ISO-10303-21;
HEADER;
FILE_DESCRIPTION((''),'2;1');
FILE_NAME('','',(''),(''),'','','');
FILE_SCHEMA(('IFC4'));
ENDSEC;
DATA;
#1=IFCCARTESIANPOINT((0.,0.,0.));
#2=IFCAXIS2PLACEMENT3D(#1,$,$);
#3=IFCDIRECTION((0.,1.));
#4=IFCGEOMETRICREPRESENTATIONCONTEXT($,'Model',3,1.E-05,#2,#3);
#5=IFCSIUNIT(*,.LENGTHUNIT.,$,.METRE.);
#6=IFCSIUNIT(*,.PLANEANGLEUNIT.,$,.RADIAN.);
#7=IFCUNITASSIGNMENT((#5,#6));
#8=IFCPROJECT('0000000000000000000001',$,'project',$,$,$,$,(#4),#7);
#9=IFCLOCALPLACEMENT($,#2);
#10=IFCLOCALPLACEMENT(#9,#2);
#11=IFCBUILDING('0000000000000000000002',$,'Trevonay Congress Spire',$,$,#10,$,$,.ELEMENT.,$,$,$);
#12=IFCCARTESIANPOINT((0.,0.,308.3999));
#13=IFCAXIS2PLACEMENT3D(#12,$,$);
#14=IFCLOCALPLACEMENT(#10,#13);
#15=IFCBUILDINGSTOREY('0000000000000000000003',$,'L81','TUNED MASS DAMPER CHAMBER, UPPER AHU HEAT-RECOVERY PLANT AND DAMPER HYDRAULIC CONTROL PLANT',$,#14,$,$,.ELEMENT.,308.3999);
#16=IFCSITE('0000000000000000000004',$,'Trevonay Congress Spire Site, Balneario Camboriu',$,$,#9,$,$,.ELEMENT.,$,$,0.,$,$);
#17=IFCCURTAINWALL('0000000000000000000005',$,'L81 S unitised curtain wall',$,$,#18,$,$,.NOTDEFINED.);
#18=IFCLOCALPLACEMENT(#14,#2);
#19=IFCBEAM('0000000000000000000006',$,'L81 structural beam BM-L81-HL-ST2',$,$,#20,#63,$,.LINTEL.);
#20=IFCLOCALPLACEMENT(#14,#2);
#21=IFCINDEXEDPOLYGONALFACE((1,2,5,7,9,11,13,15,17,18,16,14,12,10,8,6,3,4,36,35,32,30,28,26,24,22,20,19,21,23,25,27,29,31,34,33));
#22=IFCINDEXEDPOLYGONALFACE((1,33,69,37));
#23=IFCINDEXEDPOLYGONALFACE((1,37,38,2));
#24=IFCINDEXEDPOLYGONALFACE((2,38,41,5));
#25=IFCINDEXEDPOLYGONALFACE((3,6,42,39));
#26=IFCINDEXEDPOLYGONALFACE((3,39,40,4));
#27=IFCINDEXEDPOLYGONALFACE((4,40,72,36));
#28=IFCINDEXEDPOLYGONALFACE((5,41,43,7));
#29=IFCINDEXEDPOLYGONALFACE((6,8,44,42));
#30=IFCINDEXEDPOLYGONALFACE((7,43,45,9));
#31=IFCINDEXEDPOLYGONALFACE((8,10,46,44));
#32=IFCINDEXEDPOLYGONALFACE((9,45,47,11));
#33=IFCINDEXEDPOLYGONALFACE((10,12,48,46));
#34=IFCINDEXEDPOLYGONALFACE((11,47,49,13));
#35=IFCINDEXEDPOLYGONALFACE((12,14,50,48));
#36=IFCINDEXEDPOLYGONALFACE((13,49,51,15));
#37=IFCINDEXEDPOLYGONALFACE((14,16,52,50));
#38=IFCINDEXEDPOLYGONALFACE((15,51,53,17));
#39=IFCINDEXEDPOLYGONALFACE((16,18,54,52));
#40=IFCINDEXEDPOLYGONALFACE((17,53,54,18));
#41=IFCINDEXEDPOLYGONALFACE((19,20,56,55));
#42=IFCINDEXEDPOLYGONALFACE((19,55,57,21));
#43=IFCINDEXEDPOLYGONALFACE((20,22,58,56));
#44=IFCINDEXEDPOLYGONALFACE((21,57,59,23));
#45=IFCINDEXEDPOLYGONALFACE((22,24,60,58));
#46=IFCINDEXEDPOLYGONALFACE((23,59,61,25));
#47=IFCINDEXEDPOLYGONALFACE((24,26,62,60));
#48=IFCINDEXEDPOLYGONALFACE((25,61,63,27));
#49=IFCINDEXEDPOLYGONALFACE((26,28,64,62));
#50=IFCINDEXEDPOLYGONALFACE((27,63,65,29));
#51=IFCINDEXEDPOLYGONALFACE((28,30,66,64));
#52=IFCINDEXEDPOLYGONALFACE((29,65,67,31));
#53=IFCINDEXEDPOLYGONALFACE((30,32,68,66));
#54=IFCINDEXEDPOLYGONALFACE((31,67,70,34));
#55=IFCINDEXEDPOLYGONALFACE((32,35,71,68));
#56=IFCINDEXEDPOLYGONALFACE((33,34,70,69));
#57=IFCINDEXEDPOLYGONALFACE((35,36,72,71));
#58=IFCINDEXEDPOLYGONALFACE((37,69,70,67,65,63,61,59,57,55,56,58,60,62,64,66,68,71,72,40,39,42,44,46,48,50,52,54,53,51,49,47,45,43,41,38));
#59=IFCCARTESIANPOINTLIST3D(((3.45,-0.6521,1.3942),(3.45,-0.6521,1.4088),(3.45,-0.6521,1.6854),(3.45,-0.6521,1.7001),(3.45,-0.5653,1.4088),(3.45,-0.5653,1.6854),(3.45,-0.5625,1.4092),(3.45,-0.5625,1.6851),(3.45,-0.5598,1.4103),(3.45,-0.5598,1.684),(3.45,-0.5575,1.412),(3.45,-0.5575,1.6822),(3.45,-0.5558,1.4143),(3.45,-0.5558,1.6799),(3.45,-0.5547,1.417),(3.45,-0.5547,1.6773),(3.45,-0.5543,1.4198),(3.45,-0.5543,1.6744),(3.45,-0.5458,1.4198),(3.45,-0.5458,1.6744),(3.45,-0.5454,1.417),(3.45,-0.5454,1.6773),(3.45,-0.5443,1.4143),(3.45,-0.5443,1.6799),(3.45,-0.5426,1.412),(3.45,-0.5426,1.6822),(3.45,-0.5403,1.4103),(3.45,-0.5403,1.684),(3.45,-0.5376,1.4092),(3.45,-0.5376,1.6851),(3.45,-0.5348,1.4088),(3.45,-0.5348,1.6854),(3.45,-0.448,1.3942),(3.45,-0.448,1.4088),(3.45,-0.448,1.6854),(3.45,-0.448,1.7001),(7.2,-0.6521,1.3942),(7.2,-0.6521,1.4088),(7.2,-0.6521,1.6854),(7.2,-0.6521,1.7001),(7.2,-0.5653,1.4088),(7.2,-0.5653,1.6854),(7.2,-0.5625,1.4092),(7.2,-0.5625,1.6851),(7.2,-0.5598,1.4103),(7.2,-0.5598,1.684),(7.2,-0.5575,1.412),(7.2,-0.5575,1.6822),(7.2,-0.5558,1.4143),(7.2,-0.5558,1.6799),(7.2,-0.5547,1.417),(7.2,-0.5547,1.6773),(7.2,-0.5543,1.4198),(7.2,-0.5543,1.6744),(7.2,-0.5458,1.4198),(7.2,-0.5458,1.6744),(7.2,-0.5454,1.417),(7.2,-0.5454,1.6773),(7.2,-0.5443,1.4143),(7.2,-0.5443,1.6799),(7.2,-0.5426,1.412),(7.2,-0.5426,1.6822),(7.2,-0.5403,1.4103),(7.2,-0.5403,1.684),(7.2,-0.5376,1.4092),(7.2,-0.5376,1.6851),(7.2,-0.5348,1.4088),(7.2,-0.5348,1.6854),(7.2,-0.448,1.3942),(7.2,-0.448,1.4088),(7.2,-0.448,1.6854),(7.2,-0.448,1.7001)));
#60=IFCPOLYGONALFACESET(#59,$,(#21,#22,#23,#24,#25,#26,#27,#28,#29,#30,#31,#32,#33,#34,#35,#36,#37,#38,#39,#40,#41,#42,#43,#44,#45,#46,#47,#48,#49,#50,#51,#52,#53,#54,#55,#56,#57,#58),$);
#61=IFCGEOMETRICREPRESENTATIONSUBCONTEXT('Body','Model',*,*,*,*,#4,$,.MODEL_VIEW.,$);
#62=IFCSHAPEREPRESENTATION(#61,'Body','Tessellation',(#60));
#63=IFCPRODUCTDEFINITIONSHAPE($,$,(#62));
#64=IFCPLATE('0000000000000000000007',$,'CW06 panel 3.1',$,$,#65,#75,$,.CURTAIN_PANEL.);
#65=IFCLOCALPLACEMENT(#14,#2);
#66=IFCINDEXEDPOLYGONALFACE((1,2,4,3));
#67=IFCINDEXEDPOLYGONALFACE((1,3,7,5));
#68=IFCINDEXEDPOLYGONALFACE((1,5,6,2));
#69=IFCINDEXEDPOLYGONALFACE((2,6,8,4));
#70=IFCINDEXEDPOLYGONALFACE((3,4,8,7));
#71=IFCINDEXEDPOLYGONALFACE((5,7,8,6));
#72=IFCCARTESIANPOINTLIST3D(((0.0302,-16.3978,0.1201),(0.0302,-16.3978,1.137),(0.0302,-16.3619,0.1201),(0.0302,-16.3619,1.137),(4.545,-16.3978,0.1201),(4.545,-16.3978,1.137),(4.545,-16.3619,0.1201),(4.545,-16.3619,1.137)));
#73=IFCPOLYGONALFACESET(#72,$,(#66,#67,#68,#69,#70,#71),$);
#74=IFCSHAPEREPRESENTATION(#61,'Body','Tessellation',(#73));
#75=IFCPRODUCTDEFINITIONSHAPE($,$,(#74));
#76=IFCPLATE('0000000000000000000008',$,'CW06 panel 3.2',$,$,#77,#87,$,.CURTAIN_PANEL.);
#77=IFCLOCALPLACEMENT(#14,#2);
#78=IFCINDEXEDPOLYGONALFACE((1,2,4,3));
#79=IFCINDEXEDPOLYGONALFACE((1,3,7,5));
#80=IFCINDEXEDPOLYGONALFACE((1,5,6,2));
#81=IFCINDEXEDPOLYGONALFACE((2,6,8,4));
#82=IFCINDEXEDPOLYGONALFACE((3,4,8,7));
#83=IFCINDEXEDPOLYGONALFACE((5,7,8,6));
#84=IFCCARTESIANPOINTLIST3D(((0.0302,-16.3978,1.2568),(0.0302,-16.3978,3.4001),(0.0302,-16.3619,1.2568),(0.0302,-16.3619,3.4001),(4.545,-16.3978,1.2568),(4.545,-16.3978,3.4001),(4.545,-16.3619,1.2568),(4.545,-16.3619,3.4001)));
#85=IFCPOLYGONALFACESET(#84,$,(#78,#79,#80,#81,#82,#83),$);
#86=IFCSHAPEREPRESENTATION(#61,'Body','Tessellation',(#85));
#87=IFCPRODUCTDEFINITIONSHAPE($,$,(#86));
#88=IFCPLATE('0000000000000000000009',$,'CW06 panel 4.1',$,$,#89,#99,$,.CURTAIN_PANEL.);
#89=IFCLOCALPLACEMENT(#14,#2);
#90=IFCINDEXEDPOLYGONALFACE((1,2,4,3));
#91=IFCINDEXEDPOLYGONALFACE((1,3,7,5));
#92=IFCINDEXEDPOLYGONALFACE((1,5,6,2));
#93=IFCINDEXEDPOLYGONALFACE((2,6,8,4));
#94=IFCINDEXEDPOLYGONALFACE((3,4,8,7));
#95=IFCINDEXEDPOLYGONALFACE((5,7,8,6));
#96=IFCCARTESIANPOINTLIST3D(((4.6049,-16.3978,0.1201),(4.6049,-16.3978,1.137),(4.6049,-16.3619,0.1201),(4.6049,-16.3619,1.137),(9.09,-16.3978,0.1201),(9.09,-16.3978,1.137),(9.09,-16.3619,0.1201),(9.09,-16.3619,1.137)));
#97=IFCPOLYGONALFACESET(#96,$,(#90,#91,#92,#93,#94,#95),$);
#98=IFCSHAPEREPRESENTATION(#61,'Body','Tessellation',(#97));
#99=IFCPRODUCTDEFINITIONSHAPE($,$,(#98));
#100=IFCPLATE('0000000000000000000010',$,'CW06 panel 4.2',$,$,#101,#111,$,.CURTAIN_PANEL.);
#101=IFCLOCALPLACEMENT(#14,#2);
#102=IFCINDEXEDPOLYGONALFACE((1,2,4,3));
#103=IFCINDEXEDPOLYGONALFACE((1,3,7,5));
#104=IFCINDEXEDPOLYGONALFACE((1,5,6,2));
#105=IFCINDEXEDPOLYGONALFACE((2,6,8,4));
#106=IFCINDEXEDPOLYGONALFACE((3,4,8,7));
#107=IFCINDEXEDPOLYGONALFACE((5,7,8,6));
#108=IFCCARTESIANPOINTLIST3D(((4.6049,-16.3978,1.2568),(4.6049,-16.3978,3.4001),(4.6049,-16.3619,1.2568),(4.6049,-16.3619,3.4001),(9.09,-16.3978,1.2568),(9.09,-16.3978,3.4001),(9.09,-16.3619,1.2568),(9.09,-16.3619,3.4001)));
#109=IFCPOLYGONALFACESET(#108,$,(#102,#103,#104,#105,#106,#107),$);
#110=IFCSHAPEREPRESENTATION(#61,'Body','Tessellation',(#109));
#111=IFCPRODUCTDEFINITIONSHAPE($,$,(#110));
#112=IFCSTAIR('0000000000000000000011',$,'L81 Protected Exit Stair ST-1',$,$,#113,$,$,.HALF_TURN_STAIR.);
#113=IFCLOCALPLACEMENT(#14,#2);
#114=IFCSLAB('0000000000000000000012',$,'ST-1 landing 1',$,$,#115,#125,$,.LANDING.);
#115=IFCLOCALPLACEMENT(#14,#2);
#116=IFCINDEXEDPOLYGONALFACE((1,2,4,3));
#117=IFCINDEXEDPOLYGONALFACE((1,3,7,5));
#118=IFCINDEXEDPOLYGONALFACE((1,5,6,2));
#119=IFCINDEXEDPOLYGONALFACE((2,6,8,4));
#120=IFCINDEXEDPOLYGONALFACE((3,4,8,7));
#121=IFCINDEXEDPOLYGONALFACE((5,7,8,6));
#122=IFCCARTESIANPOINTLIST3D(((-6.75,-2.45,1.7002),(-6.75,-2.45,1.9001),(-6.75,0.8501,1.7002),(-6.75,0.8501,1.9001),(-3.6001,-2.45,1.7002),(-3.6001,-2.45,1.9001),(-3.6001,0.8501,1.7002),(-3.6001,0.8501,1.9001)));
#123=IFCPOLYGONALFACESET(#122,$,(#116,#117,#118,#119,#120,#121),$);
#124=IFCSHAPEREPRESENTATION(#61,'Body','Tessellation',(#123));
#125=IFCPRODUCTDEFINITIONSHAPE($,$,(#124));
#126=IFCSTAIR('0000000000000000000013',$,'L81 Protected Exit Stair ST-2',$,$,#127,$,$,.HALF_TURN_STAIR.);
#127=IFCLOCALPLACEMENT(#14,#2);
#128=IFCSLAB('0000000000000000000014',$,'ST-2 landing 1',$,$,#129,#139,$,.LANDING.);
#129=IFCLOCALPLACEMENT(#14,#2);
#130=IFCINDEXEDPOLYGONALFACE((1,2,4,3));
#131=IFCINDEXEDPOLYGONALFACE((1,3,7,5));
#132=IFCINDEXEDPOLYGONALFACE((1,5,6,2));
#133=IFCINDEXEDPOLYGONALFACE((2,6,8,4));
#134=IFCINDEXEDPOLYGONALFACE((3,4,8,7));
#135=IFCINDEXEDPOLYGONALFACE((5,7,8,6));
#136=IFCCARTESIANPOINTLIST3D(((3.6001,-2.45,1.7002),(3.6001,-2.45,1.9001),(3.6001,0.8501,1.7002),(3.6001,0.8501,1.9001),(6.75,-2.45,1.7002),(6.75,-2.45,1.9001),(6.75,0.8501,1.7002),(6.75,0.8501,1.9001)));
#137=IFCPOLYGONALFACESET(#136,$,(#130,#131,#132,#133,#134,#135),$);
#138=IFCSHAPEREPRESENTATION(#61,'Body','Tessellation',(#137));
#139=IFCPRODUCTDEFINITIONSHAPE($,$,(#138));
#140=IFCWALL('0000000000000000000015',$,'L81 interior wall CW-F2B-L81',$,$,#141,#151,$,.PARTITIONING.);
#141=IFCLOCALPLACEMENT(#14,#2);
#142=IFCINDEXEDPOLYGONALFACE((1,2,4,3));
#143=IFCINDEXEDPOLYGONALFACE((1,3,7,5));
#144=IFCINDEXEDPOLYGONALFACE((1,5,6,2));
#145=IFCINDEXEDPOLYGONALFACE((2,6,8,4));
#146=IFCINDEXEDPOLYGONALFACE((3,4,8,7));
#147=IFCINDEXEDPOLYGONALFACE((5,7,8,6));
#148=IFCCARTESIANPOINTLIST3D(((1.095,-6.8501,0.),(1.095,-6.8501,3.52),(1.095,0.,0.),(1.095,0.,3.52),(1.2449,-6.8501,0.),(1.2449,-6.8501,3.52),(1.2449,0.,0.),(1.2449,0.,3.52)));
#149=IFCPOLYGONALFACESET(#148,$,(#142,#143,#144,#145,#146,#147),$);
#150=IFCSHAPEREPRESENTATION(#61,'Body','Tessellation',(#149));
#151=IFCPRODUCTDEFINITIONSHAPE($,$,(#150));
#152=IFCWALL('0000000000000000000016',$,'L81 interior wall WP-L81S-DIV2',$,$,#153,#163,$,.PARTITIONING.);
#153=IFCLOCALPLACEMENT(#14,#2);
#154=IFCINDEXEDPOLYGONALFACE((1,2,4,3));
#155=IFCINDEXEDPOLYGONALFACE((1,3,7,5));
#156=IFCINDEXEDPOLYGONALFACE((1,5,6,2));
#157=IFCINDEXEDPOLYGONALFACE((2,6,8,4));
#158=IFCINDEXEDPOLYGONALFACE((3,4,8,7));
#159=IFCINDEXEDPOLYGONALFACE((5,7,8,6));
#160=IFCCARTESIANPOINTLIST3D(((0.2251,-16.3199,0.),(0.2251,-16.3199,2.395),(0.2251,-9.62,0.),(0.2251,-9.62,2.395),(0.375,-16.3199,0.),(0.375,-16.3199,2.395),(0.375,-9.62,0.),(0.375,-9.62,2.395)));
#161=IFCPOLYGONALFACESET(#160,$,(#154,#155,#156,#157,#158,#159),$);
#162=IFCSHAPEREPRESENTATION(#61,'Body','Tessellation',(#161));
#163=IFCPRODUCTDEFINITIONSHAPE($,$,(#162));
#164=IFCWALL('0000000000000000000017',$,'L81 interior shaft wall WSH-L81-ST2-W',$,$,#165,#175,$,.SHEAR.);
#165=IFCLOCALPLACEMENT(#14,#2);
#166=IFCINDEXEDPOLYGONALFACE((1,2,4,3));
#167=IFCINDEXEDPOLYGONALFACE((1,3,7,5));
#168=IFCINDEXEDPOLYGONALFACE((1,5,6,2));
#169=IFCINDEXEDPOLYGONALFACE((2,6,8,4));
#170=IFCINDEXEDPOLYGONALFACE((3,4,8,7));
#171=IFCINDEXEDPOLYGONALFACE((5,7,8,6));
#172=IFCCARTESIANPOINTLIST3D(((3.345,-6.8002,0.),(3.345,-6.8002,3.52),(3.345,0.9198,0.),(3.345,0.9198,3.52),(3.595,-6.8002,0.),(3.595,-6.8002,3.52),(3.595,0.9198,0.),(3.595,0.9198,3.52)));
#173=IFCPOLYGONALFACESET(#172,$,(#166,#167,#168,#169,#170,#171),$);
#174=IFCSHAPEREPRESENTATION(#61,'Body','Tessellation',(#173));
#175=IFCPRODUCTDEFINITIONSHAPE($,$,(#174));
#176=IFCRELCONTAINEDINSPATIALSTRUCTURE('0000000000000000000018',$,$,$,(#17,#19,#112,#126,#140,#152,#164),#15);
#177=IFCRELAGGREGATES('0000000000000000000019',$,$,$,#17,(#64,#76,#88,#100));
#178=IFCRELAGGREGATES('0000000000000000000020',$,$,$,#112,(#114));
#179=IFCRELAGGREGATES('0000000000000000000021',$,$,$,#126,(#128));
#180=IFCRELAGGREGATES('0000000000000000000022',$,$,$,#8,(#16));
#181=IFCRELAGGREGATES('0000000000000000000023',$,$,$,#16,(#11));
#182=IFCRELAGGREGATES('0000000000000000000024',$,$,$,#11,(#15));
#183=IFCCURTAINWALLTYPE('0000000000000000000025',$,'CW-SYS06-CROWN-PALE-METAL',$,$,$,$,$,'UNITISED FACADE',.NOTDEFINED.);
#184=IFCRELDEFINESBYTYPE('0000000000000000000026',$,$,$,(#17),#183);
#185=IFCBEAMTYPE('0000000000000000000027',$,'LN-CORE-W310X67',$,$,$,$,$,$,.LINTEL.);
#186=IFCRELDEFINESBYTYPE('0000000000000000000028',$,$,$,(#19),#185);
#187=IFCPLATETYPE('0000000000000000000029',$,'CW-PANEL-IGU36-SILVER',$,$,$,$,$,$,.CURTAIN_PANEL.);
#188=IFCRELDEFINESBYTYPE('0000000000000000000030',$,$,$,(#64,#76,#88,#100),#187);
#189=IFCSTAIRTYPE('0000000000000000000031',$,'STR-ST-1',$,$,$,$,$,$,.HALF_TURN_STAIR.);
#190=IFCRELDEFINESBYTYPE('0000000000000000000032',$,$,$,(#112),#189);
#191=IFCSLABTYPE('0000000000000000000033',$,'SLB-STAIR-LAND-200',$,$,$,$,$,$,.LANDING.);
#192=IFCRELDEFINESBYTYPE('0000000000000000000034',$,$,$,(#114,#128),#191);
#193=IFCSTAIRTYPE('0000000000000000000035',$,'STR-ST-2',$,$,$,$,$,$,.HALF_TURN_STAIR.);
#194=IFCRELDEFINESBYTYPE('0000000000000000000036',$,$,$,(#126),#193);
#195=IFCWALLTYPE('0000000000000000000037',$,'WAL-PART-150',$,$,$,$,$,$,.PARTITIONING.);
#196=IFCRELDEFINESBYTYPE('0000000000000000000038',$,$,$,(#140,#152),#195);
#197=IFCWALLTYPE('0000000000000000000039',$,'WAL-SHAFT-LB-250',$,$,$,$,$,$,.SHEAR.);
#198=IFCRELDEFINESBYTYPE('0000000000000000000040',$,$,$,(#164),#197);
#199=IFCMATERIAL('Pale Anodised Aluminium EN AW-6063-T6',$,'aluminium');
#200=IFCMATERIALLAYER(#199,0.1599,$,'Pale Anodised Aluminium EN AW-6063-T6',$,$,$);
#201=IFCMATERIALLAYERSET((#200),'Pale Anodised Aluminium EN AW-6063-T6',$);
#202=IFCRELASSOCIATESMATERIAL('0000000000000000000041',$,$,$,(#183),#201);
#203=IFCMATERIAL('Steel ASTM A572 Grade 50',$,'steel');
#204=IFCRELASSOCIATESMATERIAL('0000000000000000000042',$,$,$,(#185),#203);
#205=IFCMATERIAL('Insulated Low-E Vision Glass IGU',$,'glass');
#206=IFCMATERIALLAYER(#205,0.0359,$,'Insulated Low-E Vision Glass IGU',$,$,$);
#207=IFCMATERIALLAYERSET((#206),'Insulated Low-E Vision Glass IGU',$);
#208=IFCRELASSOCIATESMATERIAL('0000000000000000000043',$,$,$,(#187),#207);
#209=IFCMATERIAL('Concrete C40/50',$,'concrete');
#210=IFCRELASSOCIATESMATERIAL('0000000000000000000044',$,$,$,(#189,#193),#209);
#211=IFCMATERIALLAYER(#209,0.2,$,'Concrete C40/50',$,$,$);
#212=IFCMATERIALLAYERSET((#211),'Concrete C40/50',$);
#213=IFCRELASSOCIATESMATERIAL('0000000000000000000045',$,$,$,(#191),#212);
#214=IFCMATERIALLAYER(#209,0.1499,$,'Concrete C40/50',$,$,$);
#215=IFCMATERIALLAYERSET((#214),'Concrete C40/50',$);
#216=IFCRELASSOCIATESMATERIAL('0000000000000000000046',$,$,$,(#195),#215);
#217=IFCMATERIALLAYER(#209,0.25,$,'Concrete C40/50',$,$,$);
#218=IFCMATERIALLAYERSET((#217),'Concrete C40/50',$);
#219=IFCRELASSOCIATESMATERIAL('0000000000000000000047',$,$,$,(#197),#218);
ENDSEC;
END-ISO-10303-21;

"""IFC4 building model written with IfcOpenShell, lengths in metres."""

from ifc_helpers import new_model, si_unit, direction, frame, frame_2d, origin, origin_2d, place, context, subcontext, project, spatial, polyline, rectangle, i_section, outline, extrude, material, layer, layer_set, material_profile, profile_set, type_object, element, aggregate, save


model = new_model("IFC4")

# Units and contexts
model_context = context("Model", 3, precision=1e-05, world=origin(), true_north=direction((0.0, 1.0)))
body_context = subcontext(model_context, "Body", "Model", "MODEL_VIEW")
ifc_project = project(units=[si_unit("LENGTHUNIT", "METRE"), si_unit("PLANEANGLEUNIT", "RADIAN")], contexts=[model_context])

# Site, building, storey
site_placement = place(None, origin())
site = spatial("IfcSite", under=ifc_project, at=site_placement, Name="Trevonay Congress Spire Site, Balneario Camboriu", CompositionType="ELEMENT", RefElevation=0.0)
building_placement = place(site_placement, origin())
building = spatial("IfcBuilding", under=site, at=building_placement, Name="Trevonay Congress Spire", CompositionType="ELEMENT")
storey_placement = place(building_placement, frame((0.0, 0.0, 308.3999)))
storey = spatial("IfcBuildingStorey", under=building, at=storey_placement, Name="L81", Description="TUNED MASS DAMPER CHAMBER, UPPER AHU HEAT-RECOVERY PLANT AND DAMPER HYDRAULIC CONTROL PLANT", CompositionType="ELEMENT", Elevation=308.3999)

# Shared definitions
ifc_material_1 = material(Name="Steel ASTM A572 Grade 50", Category="steel")

# Curtain wall
ifc_material_2 = material(Name="Pale Anodised Aluminium EN AW-6063-T6", Category="aluminium")
ifc_layer_1 = layer(ifc_material_2, 0.1599, Name="Pale Anodised Aluminium EN AW-6063-T6")
ifc_layer_set_1 = layer_set([ifc_layer_1], Name="Pale Anodised Aluminium EN AW-6063-T6")
curtain_wall_type = type_object("IfcCurtainWallType", Name="CW-SYS06-CROWN-PALE-METAL", ElementType="UNITISED FACADE", PredefinedType="NOTDEFINED", material=ifc_layer_set_1)
curtain_wall_placement = place(storey_placement, origin())
curtain_wall = element("IfcCurtainWall", 1, at=curtain_wall_placement, inside=storey, type_object=curtain_wall_type, Name="L81 S unitised curtain wall", PredefinedType="NOTDEFINED")

# Beam
ifc_material_profile_1 = material_profile(ifc_material_1, i_section(OverallWidth=0.2041, OverallDepth=0.3059, WebThickness=0.0085, FlangeThickness=0.0146, FilletRadius=0.011, at=origin_2d()), Name="W310x67")
ifc_profile_set_1 = profile_set([ifc_material_profile_1], Name="Steel ASTM A572 Grade 50")
beam_type_1 = type_object("IfcBeamType", Name="LN-CORE-W310X67", PredefinedType="LINTEL", material=ifc_profile_set_1)
beam_1_placement = place(storey_placement, frame((3.45, -0.55, 1.5471), z_axis=(1.0, 0.0, 0.0), x_axis=(0.0, 1.0, 0.0)))
element("IfcBeam", 2, at=beam_1_placement, inside=storey, type_object=beam_type_1, Name="L81 structural beam BM-L81-HL-ST2", PredefinedType="LINTEL", context=body_context, shape_type="SweptSolid", body=[
    extrude(i_section(OverallWidth=0.2041, OverallDepth=0.3059, WebThickness=0.0085, FlangeThickness=0.0146, FilletRadius=0.011, at=origin_2d()), origin(), (0.0, 0.0, 1.0), 3.75),
])

# Plates
ifc_material_3 = material(Name="Insulated Low-E Vision Glass IGU", Category="glass")
ifc_layer_2 = layer(ifc_material_3, 0.0359, Name="Insulated Low-E Vision Glass IGU")
ifc_layer_set_2 = layer_set([ifc_layer_2], Name="Insulated Low-E Vision Glass IGU")
plate_type = type_object("IfcPlateType", Name="CW-PANEL-IGU36-SILVER", PredefinedType="CURTAIN_PANEL", material=ifc_layer_set_2)
plate_1_placement = place(storey_placement, frame((2.2876, -16.3799, 0.1201), z_axis=(0.0, 0.0, 1.0), x_axis=(1.0, 0.0, 0.0)))
plate_1 = element("IfcPlate", 3, at=plate_1_placement, type_object=plate_type, Name="CW06 panel 3.1", PredefinedType="CURTAIN_PANEL", context=body_context, shape_type="SweptSolid", body=[
    extrude(rectangle(XDim=4.5149, YDim=0.0359, at=origin_2d()), origin(), (0.0, 0.0, 1.0), 1.0168),
])
plate_2_placement = place(storey_placement, frame((2.2876, -16.3799, 1.2568), z_axis=(0.0, 0.0, 1.0), x_axis=(1.0, 0.0, 0.0)))
plate_2 = element("IfcPlate", 4, at=plate_2_placement, type_object=plate_type, Name="CW06 panel 3.2", PredefinedType="CURTAIN_PANEL", context=body_context, shape_type="SweptSolid", body=[
    extrude(rectangle(XDim=4.5149, YDim=0.0359, at=origin_2d()), origin(), (0.0, 0.0, 1.0), 2.1433),
])
plate_3_placement = place(storey_placement, frame((6.8474, -16.3799, 0.1201), z_axis=(0.0, 0.0, 1.0), x_axis=(1.0, 0.0, 0.0)))
plate_3 = element("IfcPlate", 5, at=plate_3_placement, type_object=plate_type, Name="CW06 panel 4.1", PredefinedType="CURTAIN_PANEL", context=body_context, shape_type="SweptSolid", body=[
    extrude(rectangle(XDim=4.4851, YDim=0.0359, at=origin_2d()), origin(), (0.0, 0.0, 1.0), 1.0168),
])
plate_4_placement = place(storey_placement, frame((6.8474, -16.3799, 1.2568), z_axis=(0.0, 0.0, 1.0), x_axis=(1.0, 0.0, 0.0)))
plate_4 = element("IfcPlate", 6, at=plate_4_placement, type_object=plate_type, Name="CW06 panel 4.2", PredefinedType="CURTAIN_PANEL", context=body_context, shape_type="SweptSolid", body=[
    extrude(rectangle(XDim=4.4851, YDim=0.0359, at=origin_2d()), origin(), (0.0, 0.0, 1.0), 2.1433),
])
aggregate(curtain_wall, [plate_1, plate_2, plate_3, plate_4])

# Stairs, slabs
ifc_material_4 = material(Name="Concrete C40/50", Category="concrete")
stair_type_1 = type_object("IfcStairType", Name="STR-ST-1", PredefinedType="HALF_TURN_STAIR", material=ifc_material_4)
stair_1_placement = place(storey_placement, origin())
stair_1 = element("IfcStair", 7, at=stair_1_placement, inside=storey, type_object=stair_type_1, Name="L81 Protected Exit Stair ST-1", PredefinedType="HALF_TURN_STAIR")
ifc_layer_3 = layer(ifc_material_4, 0.2, Name="Concrete C40/50")
ifc_layer_set_3 = layer_set([ifc_layer_3], Name="Concrete C40/50")
slab_type = type_object("IfcSlabType", Name="SLB-STAIR-LAND-200", PredefinedType="LANDING", material=ifc_layer_set_3)
slab_1_placement = place(storey_placement, frame((0.0, 0.0, 1.7002)))
slab_1 = element("IfcSlab", 8, at=slab_1_placement, type_object=slab_type, Name="ST-1 landing 1", PredefinedType="LANDING", context=body_context, shape_type="SweptSolid", body=[
    extrude(outline(polyline([(-3.6001, -2.45), (-3.6001, 0.8501), (-6.75, 0.8501), (-6.75, -2.45), (-3.6001, -2.45)])), origin(), (0.0, 0.0, 1.0), 0.2),
])
aggregate(stair_1, [slab_1])
stair_type_2 = type_object("IfcStairType", Name="STR-ST-2", PredefinedType="HALF_TURN_STAIR", material=ifc_material_4)
stair_2_placement = place(storey_placement, origin())
stair_2 = element("IfcStair", 9, at=stair_2_placement, inside=storey, type_object=stair_type_2, Name="L81 Protected Exit Stair ST-2", PredefinedType="HALF_TURN_STAIR")
slab_2_placement = place(storey_placement, frame((0.0, 0.0, 1.7002)))
slab_2 = element("IfcSlab", 10, at=slab_2_placement, type_object=slab_type, Name="ST-2 landing 1", PredefinedType="LANDING", context=body_context, shape_type="SweptSolid", body=[
    extrude(outline(polyline([(6.75, -2.45), (6.75, 0.8501), (3.6001, 0.8501), (3.6001, -2.45), (6.75, -2.45)])), origin(), (0.0, 0.0, 1.0), 0.2),
])

# Walls
ifc_layer_4 = layer(ifc_material_4, 0.1499, Name="Concrete C40/50")
ifc_layer_set_4 = layer_set([ifc_layer_4], Name="Concrete C40/50")
wall_type_1 = type_object("IfcWallType", Name="WAL-PART-150", PredefinedType="PARTITIONING", material=ifc_layer_set_4)
wall_1_placement = place(storey_placement, frame((1.1699, -6.8501, 0.0), z_axis=(0.0, 0.0, 1.0), x_axis=(0.0, 1.0, 0.0)))
element("IfcWall", 11, at=wall_1_placement, inside=storey, type_object=wall_type_1, Name="L81 interior wall CW-F2B-L81", PredefinedType="PARTITIONING", context=body_context, shape_type="SweptSolid", body=[
    extrude(rectangle(XDim=6.8501, YDim=0.1499, at=frame_2d((3.425, 0.0))), origin(), (0.0, 0.0, 1.0), 3.52),
])
wall_2_placement = place(storey_placement, frame((0.3, -16.3201, 0.0), z_axis=(0.0, 0.0, 1.0), x_axis=(0.0, 1.0, 0.0)))
element("IfcWall", 12, at=wall_2_placement, inside=storey, type_object=wall_type_1, Name="L81 interior wall WP-L81S-DIV2", PredefinedType="PARTITIONING", context=body_context, shape_type="SweptSolid", body=[
    extrude(rectangle(XDim=6.7, YDim=0.1499, at=frame_2d((3.3501, 0.0))), origin(), (0.0, 0.0, 1.0), 2.395),
])
ifc_layer_5 = layer(ifc_material_4, 0.25, Name="Concrete C40/50")
ifc_layer_set_5 = layer_set([ifc_layer_5], Name="Concrete C40/50")
wall_type_2 = type_object("IfcWallType", Name="WAL-SHAFT-LB-250", PredefinedType="SHEAR", material=ifc_layer_set_5)
wall_3_placement = place(storey_placement, frame((3.47, -6.8, 0.0), z_axis=(0.0, 0.0, 1.0), x_axis=(0.0, 1.0, 0.0)))
element("IfcWall", 13, at=wall_3_placement, inside=storey, type_object=wall_type_2, Name="L81 interior shaft wall WSH-L81-ST2-W", PredefinedType="SHEAR", context=body_context, shape_type="SweptSolid", body=[
    extrude(rectangle(XDim=7.72, YDim=0.25, at=frame_2d((3.8599, 0.0))), origin(), (0.0, 0.0, 1.0), 3.52),
])

aggregate(stair_2, [slab_2])

save(model, "model.ifc")
